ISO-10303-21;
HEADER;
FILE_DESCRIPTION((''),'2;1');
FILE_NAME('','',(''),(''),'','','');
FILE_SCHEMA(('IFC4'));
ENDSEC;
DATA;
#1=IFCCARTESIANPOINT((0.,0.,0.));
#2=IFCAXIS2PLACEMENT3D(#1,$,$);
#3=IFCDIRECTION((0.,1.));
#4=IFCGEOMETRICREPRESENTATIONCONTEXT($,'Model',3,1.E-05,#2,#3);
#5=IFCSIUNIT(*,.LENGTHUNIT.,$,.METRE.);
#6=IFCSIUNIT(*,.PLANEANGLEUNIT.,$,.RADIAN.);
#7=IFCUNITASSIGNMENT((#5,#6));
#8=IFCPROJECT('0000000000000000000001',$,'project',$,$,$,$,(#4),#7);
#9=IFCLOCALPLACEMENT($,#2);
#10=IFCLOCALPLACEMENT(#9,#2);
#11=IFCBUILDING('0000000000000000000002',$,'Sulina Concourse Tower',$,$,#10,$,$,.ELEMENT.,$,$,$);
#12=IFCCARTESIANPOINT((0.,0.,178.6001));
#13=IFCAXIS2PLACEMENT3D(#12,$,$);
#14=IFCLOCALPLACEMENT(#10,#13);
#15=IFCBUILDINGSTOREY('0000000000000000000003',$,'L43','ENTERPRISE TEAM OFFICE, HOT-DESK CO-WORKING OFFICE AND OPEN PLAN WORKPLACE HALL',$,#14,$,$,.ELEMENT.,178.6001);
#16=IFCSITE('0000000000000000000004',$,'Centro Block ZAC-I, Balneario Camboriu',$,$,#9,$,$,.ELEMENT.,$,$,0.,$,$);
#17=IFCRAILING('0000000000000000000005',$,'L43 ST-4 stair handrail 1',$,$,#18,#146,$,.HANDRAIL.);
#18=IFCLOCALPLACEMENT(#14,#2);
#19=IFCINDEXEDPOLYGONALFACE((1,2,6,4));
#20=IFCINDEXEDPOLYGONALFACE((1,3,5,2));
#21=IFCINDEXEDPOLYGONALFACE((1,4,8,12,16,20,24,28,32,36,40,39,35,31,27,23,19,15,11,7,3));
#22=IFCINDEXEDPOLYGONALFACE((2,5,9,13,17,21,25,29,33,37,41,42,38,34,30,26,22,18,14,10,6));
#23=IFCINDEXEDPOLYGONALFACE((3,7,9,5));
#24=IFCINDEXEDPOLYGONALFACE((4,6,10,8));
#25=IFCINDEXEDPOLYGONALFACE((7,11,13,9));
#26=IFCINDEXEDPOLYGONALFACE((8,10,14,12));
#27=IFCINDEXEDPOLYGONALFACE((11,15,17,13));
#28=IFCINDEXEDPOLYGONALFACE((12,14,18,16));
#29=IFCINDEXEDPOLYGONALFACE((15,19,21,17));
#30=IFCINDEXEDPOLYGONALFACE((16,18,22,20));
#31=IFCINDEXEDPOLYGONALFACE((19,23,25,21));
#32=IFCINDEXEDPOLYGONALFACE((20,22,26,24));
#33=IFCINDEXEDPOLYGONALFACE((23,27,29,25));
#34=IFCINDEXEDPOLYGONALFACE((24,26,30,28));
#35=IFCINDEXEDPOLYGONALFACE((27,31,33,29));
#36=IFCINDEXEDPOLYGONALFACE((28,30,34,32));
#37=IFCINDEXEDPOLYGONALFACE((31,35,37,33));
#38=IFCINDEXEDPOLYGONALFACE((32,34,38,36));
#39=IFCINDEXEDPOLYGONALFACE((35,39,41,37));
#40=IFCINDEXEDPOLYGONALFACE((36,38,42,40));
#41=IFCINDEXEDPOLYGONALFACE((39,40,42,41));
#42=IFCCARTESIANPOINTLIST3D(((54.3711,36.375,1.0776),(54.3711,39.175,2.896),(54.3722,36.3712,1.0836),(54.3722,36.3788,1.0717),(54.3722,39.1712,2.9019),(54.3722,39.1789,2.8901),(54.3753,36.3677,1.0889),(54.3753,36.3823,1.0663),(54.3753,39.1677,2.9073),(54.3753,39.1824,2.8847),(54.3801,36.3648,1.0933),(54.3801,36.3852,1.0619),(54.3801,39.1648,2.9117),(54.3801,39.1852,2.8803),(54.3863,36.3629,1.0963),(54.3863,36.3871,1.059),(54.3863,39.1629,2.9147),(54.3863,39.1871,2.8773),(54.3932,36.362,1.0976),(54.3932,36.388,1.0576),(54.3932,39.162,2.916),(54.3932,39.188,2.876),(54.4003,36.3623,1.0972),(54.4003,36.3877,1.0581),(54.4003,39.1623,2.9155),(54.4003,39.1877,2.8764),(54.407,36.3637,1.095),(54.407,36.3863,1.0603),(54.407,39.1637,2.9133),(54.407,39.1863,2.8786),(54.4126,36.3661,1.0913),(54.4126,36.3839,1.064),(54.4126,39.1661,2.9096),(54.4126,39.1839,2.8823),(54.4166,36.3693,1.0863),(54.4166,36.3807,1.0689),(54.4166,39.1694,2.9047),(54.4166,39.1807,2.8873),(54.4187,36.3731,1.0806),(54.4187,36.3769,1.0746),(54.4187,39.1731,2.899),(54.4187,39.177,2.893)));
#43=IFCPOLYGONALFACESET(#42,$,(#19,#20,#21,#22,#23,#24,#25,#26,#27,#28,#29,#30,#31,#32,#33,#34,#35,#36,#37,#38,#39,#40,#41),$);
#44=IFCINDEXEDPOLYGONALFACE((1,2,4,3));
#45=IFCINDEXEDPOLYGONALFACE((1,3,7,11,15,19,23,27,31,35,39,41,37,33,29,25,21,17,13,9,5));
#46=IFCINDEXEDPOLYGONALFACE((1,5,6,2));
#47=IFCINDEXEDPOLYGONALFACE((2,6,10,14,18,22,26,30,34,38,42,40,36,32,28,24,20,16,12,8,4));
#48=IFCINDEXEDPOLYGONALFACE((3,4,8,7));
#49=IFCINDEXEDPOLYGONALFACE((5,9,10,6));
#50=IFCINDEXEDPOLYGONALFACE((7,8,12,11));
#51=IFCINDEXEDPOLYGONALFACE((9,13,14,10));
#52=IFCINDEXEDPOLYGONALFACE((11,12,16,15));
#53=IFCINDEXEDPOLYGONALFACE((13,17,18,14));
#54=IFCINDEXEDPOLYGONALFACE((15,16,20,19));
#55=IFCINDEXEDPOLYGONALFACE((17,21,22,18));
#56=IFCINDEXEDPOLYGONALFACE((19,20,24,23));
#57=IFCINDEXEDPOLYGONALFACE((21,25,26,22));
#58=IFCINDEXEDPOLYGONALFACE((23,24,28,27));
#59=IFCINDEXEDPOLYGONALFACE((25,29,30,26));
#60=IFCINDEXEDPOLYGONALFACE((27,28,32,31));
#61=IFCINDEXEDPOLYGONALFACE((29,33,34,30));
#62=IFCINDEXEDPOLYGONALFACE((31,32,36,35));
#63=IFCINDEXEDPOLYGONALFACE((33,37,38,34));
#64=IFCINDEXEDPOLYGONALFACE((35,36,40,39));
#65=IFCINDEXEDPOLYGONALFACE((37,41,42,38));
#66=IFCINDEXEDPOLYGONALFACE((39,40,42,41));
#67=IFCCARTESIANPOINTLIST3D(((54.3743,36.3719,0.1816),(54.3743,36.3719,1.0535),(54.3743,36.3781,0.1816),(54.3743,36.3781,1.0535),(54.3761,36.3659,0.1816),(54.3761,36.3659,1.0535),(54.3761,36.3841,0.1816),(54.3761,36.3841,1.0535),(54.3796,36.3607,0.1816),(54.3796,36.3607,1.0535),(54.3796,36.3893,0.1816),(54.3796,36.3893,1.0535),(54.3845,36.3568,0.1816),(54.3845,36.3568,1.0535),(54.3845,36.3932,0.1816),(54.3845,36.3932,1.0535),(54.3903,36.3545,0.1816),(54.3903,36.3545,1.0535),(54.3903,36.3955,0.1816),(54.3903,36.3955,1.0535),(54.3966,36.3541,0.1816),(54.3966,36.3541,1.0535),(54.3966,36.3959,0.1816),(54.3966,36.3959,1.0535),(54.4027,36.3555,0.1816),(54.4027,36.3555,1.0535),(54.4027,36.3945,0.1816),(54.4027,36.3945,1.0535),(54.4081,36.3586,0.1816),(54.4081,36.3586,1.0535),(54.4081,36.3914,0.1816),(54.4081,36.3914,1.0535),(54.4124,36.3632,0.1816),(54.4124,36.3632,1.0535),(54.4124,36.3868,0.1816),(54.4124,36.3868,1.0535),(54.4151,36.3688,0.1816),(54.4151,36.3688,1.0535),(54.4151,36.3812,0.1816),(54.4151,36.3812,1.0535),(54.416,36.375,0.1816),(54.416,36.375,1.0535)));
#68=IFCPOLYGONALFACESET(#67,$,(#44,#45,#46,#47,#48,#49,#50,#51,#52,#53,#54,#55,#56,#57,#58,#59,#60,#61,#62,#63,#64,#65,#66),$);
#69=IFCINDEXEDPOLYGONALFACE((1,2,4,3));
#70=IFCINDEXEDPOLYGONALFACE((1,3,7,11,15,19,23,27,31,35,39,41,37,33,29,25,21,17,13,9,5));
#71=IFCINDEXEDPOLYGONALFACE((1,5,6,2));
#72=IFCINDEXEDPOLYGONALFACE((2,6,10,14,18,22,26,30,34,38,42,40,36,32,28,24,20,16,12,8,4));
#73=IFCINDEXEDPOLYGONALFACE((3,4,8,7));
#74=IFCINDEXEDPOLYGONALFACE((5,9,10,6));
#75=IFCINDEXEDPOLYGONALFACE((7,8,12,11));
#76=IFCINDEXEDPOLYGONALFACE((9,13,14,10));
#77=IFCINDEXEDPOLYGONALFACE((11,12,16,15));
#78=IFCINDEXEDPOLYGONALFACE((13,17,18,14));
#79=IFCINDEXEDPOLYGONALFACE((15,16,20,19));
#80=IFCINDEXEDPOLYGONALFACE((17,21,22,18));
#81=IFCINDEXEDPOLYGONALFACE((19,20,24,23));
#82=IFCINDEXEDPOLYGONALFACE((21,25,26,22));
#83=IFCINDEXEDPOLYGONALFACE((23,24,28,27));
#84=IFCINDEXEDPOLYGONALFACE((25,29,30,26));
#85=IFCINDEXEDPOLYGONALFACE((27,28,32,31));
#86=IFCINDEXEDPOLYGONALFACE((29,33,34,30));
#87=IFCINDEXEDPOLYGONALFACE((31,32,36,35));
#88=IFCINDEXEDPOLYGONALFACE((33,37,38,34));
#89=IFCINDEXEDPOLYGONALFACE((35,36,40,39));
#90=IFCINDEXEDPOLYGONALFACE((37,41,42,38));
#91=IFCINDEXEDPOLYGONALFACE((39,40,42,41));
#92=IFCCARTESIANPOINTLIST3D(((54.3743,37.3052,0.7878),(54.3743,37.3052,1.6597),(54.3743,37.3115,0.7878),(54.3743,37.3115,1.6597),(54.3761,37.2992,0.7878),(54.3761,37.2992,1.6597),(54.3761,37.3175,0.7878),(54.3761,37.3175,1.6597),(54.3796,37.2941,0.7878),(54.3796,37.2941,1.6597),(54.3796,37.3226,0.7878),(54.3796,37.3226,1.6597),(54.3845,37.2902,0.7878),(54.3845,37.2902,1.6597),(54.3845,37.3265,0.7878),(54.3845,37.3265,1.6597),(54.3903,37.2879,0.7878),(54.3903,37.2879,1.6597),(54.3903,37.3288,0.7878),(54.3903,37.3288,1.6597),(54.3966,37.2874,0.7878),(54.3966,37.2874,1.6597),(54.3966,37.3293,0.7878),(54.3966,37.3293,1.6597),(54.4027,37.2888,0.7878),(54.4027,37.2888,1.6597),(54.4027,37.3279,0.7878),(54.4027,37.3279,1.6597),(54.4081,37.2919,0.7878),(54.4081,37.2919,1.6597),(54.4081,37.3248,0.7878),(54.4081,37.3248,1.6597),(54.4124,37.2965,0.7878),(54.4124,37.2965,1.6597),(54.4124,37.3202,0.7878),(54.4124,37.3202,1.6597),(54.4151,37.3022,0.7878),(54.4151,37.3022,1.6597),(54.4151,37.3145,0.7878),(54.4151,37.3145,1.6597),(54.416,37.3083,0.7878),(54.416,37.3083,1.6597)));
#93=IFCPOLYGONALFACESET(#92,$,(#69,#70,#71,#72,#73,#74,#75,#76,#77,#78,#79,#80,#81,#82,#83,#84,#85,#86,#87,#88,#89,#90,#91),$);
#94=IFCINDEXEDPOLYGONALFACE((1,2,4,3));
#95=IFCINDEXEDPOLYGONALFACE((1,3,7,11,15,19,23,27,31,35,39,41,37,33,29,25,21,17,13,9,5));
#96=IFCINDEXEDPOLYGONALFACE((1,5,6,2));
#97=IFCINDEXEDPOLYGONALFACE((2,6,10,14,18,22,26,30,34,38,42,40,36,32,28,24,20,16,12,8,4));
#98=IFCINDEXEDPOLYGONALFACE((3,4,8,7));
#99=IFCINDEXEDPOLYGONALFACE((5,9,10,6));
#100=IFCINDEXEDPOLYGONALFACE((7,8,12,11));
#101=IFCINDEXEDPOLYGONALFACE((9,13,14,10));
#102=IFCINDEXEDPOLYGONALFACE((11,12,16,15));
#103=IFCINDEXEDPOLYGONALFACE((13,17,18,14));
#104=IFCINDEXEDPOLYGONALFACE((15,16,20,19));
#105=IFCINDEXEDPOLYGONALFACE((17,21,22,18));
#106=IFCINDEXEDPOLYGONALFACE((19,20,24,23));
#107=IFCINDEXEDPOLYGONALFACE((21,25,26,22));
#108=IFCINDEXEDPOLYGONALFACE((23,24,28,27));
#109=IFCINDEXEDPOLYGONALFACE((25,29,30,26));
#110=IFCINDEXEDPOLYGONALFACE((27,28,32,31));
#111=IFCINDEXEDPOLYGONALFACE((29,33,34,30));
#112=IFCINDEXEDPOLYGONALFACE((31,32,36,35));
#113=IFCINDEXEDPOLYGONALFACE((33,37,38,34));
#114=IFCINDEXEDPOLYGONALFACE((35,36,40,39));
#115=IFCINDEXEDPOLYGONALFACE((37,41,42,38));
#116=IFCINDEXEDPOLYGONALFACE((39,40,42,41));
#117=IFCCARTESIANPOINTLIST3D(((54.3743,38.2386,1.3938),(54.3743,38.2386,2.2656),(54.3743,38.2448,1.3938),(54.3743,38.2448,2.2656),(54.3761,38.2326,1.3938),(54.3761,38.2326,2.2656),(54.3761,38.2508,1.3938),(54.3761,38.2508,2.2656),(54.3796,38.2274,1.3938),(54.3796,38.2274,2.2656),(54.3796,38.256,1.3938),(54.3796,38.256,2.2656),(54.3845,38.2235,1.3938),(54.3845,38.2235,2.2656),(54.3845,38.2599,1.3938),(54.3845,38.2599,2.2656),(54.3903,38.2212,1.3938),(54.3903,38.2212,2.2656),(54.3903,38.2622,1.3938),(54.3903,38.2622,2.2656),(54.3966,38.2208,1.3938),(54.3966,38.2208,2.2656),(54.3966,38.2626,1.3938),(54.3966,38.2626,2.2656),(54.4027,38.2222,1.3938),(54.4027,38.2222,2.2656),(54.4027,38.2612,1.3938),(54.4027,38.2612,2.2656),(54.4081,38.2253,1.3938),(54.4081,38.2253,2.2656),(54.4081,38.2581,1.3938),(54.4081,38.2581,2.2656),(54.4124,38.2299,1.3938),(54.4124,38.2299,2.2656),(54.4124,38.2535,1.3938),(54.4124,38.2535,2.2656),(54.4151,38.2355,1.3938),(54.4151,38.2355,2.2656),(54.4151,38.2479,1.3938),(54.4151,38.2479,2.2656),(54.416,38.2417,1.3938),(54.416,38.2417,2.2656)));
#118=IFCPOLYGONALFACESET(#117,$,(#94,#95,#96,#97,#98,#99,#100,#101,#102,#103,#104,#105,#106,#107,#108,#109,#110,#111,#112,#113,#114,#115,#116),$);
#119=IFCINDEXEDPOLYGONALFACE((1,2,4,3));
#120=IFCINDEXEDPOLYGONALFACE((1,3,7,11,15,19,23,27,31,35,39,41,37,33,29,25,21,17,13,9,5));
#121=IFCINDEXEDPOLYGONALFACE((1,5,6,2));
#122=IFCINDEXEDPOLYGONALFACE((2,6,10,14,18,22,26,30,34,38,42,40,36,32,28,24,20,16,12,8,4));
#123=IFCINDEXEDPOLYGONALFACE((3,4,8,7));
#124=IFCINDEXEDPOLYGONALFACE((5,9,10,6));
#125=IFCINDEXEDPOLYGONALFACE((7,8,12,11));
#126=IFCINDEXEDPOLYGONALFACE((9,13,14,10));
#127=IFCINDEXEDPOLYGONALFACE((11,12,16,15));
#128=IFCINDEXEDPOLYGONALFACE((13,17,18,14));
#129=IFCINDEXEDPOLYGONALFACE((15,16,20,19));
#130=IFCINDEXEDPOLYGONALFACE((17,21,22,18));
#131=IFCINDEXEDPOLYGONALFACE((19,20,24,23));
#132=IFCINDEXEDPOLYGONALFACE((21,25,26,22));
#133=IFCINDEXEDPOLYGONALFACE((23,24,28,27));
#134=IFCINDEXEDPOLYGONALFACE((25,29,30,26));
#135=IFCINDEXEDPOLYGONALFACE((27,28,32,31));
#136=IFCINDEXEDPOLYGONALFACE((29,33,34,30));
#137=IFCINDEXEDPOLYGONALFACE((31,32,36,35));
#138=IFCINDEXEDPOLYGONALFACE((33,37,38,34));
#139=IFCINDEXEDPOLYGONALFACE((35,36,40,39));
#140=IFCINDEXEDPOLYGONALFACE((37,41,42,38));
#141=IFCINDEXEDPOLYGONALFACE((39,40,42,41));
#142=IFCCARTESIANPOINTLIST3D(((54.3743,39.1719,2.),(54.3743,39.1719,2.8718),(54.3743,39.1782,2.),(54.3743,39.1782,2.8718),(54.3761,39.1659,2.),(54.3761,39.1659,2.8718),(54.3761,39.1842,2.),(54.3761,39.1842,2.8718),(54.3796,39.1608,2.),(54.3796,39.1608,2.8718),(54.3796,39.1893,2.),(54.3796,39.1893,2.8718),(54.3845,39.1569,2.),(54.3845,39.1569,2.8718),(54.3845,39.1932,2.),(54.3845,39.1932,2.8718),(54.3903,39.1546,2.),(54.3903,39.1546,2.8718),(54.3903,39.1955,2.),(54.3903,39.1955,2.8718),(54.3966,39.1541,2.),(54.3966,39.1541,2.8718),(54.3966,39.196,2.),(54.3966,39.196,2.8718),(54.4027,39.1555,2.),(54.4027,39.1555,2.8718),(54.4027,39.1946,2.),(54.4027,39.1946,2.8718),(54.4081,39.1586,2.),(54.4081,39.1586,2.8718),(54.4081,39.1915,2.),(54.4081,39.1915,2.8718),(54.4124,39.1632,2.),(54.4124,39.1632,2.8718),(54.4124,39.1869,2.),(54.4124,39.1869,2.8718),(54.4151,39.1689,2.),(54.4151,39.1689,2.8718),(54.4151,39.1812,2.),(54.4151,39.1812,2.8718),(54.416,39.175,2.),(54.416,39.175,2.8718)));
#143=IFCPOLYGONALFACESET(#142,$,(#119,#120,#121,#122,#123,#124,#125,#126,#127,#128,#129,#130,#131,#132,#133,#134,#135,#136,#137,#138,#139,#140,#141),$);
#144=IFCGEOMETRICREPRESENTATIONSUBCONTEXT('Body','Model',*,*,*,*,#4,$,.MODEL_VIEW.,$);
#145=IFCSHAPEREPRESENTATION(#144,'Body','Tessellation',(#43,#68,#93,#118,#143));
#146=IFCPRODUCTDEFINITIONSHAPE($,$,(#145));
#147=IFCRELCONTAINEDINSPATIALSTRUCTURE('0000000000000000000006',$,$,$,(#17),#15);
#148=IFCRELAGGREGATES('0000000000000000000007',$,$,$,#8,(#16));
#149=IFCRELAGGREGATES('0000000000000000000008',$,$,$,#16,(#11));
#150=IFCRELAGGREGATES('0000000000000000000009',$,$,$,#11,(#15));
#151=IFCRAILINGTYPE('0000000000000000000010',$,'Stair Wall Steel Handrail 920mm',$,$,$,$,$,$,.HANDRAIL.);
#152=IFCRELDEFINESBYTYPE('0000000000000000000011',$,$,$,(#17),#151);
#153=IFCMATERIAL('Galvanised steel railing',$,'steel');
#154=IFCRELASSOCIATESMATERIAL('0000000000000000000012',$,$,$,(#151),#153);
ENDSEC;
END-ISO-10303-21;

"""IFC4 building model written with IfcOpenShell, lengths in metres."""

from ifc_helpers import new_model, si_unit, direction, frame, origin, origin_2d, place, context, subcontext, project, spatial, circle, extrude, material, type_object, element, save


model = new_model("IFC4")

# Units and contexts
model_context = context("Model", 3, precision=1e-05, world=origin(), true_north=direction((0.0, 1.0)))
body_context = subcontext(model_context, "Body", "Model", "MODEL_VIEW")
ifc_project = project(units=[si_unit("LENGTHUNIT", "METRE"), si_unit("PLANEANGLEUNIT", "RADIAN")], contexts=[model_context])

# Site, building, storey
site_placement = place(None, origin())
site = spatial("IfcSite", under=ifc_project, at=site_placement, Name="Centro Block ZAC-I, Balneario Camboriu", CompositionType="ELEMENT", RefElevation=0.0)
building_placement = place(site_placement, origin())
building = spatial("IfcBuilding", under=site, at=building_placement, Name="Sulina Concourse Tower", CompositionType="ELEMENT")
storey_placement = place(building_placement, frame((0.0, 0.0, 178.6001)))
storey = spatial("IfcBuildingStorey", under=building, at=storey_placement, Name="L43", Description="ENTERPRISE TEAM OFFICE, HOT-DESK CO-WORKING OFFICE AND OPEN PLAN WORKPLACE HALL", CompositionType="ELEMENT", Elevation=178.6001)

# Railing
ifc_material_1 = material(Name="Galvanised steel railing", Category="steel")
railing_type_1 = type_object("IfcRailingType", Name="Stair Wall Steel Handrail 920mm", PredefinedType="HANDRAIL", material=ifc_material_1)
railing_1_placement = place(storey_placement, frame((54.395, 36.375, 0.1816)))
element("IfcRailing", 1, at=railing_1_placement, inside=storey, type_object=railing_type_1, Name="L43 ST-4 stair handrail 1", PredefinedType="HANDRAIL", context=body_context, shape_type="SweptSolid", body=[
    extrude(circle(Radius=0.0239, at=origin_2d()), frame((0.0, 0.0, 0.896), z_axis=(0.0, 0.838672, 0.544636), x_axis=(-1.0, 0.0, 0.0)), (0.0, 0.0, 1.0), 3.3386),
    extrude(circle(Radius=0.021, at=origin_2d()), origin(), (0.0, 0.0, 1.0), 0.8718),
    extrude(circle(Radius=0.021, at=origin_2d()), frame((0.0, 0.9333, 0.6062)), (0.0, 0.0, 1.0), 0.8718),
    extrude(circle(Radius=0.021, at=origin_2d()), frame((0.0, 1.8667, 1.2122)), (0.0, 0.0, 1.0), 0.8718),
    extrude(circle(Radius=0.021, at=origin_2d()), frame((0.0, 2.8, 1.8184)), (0.0, 0.0, 1.0), 0.8718),
])

save(model, "model.ifc")
